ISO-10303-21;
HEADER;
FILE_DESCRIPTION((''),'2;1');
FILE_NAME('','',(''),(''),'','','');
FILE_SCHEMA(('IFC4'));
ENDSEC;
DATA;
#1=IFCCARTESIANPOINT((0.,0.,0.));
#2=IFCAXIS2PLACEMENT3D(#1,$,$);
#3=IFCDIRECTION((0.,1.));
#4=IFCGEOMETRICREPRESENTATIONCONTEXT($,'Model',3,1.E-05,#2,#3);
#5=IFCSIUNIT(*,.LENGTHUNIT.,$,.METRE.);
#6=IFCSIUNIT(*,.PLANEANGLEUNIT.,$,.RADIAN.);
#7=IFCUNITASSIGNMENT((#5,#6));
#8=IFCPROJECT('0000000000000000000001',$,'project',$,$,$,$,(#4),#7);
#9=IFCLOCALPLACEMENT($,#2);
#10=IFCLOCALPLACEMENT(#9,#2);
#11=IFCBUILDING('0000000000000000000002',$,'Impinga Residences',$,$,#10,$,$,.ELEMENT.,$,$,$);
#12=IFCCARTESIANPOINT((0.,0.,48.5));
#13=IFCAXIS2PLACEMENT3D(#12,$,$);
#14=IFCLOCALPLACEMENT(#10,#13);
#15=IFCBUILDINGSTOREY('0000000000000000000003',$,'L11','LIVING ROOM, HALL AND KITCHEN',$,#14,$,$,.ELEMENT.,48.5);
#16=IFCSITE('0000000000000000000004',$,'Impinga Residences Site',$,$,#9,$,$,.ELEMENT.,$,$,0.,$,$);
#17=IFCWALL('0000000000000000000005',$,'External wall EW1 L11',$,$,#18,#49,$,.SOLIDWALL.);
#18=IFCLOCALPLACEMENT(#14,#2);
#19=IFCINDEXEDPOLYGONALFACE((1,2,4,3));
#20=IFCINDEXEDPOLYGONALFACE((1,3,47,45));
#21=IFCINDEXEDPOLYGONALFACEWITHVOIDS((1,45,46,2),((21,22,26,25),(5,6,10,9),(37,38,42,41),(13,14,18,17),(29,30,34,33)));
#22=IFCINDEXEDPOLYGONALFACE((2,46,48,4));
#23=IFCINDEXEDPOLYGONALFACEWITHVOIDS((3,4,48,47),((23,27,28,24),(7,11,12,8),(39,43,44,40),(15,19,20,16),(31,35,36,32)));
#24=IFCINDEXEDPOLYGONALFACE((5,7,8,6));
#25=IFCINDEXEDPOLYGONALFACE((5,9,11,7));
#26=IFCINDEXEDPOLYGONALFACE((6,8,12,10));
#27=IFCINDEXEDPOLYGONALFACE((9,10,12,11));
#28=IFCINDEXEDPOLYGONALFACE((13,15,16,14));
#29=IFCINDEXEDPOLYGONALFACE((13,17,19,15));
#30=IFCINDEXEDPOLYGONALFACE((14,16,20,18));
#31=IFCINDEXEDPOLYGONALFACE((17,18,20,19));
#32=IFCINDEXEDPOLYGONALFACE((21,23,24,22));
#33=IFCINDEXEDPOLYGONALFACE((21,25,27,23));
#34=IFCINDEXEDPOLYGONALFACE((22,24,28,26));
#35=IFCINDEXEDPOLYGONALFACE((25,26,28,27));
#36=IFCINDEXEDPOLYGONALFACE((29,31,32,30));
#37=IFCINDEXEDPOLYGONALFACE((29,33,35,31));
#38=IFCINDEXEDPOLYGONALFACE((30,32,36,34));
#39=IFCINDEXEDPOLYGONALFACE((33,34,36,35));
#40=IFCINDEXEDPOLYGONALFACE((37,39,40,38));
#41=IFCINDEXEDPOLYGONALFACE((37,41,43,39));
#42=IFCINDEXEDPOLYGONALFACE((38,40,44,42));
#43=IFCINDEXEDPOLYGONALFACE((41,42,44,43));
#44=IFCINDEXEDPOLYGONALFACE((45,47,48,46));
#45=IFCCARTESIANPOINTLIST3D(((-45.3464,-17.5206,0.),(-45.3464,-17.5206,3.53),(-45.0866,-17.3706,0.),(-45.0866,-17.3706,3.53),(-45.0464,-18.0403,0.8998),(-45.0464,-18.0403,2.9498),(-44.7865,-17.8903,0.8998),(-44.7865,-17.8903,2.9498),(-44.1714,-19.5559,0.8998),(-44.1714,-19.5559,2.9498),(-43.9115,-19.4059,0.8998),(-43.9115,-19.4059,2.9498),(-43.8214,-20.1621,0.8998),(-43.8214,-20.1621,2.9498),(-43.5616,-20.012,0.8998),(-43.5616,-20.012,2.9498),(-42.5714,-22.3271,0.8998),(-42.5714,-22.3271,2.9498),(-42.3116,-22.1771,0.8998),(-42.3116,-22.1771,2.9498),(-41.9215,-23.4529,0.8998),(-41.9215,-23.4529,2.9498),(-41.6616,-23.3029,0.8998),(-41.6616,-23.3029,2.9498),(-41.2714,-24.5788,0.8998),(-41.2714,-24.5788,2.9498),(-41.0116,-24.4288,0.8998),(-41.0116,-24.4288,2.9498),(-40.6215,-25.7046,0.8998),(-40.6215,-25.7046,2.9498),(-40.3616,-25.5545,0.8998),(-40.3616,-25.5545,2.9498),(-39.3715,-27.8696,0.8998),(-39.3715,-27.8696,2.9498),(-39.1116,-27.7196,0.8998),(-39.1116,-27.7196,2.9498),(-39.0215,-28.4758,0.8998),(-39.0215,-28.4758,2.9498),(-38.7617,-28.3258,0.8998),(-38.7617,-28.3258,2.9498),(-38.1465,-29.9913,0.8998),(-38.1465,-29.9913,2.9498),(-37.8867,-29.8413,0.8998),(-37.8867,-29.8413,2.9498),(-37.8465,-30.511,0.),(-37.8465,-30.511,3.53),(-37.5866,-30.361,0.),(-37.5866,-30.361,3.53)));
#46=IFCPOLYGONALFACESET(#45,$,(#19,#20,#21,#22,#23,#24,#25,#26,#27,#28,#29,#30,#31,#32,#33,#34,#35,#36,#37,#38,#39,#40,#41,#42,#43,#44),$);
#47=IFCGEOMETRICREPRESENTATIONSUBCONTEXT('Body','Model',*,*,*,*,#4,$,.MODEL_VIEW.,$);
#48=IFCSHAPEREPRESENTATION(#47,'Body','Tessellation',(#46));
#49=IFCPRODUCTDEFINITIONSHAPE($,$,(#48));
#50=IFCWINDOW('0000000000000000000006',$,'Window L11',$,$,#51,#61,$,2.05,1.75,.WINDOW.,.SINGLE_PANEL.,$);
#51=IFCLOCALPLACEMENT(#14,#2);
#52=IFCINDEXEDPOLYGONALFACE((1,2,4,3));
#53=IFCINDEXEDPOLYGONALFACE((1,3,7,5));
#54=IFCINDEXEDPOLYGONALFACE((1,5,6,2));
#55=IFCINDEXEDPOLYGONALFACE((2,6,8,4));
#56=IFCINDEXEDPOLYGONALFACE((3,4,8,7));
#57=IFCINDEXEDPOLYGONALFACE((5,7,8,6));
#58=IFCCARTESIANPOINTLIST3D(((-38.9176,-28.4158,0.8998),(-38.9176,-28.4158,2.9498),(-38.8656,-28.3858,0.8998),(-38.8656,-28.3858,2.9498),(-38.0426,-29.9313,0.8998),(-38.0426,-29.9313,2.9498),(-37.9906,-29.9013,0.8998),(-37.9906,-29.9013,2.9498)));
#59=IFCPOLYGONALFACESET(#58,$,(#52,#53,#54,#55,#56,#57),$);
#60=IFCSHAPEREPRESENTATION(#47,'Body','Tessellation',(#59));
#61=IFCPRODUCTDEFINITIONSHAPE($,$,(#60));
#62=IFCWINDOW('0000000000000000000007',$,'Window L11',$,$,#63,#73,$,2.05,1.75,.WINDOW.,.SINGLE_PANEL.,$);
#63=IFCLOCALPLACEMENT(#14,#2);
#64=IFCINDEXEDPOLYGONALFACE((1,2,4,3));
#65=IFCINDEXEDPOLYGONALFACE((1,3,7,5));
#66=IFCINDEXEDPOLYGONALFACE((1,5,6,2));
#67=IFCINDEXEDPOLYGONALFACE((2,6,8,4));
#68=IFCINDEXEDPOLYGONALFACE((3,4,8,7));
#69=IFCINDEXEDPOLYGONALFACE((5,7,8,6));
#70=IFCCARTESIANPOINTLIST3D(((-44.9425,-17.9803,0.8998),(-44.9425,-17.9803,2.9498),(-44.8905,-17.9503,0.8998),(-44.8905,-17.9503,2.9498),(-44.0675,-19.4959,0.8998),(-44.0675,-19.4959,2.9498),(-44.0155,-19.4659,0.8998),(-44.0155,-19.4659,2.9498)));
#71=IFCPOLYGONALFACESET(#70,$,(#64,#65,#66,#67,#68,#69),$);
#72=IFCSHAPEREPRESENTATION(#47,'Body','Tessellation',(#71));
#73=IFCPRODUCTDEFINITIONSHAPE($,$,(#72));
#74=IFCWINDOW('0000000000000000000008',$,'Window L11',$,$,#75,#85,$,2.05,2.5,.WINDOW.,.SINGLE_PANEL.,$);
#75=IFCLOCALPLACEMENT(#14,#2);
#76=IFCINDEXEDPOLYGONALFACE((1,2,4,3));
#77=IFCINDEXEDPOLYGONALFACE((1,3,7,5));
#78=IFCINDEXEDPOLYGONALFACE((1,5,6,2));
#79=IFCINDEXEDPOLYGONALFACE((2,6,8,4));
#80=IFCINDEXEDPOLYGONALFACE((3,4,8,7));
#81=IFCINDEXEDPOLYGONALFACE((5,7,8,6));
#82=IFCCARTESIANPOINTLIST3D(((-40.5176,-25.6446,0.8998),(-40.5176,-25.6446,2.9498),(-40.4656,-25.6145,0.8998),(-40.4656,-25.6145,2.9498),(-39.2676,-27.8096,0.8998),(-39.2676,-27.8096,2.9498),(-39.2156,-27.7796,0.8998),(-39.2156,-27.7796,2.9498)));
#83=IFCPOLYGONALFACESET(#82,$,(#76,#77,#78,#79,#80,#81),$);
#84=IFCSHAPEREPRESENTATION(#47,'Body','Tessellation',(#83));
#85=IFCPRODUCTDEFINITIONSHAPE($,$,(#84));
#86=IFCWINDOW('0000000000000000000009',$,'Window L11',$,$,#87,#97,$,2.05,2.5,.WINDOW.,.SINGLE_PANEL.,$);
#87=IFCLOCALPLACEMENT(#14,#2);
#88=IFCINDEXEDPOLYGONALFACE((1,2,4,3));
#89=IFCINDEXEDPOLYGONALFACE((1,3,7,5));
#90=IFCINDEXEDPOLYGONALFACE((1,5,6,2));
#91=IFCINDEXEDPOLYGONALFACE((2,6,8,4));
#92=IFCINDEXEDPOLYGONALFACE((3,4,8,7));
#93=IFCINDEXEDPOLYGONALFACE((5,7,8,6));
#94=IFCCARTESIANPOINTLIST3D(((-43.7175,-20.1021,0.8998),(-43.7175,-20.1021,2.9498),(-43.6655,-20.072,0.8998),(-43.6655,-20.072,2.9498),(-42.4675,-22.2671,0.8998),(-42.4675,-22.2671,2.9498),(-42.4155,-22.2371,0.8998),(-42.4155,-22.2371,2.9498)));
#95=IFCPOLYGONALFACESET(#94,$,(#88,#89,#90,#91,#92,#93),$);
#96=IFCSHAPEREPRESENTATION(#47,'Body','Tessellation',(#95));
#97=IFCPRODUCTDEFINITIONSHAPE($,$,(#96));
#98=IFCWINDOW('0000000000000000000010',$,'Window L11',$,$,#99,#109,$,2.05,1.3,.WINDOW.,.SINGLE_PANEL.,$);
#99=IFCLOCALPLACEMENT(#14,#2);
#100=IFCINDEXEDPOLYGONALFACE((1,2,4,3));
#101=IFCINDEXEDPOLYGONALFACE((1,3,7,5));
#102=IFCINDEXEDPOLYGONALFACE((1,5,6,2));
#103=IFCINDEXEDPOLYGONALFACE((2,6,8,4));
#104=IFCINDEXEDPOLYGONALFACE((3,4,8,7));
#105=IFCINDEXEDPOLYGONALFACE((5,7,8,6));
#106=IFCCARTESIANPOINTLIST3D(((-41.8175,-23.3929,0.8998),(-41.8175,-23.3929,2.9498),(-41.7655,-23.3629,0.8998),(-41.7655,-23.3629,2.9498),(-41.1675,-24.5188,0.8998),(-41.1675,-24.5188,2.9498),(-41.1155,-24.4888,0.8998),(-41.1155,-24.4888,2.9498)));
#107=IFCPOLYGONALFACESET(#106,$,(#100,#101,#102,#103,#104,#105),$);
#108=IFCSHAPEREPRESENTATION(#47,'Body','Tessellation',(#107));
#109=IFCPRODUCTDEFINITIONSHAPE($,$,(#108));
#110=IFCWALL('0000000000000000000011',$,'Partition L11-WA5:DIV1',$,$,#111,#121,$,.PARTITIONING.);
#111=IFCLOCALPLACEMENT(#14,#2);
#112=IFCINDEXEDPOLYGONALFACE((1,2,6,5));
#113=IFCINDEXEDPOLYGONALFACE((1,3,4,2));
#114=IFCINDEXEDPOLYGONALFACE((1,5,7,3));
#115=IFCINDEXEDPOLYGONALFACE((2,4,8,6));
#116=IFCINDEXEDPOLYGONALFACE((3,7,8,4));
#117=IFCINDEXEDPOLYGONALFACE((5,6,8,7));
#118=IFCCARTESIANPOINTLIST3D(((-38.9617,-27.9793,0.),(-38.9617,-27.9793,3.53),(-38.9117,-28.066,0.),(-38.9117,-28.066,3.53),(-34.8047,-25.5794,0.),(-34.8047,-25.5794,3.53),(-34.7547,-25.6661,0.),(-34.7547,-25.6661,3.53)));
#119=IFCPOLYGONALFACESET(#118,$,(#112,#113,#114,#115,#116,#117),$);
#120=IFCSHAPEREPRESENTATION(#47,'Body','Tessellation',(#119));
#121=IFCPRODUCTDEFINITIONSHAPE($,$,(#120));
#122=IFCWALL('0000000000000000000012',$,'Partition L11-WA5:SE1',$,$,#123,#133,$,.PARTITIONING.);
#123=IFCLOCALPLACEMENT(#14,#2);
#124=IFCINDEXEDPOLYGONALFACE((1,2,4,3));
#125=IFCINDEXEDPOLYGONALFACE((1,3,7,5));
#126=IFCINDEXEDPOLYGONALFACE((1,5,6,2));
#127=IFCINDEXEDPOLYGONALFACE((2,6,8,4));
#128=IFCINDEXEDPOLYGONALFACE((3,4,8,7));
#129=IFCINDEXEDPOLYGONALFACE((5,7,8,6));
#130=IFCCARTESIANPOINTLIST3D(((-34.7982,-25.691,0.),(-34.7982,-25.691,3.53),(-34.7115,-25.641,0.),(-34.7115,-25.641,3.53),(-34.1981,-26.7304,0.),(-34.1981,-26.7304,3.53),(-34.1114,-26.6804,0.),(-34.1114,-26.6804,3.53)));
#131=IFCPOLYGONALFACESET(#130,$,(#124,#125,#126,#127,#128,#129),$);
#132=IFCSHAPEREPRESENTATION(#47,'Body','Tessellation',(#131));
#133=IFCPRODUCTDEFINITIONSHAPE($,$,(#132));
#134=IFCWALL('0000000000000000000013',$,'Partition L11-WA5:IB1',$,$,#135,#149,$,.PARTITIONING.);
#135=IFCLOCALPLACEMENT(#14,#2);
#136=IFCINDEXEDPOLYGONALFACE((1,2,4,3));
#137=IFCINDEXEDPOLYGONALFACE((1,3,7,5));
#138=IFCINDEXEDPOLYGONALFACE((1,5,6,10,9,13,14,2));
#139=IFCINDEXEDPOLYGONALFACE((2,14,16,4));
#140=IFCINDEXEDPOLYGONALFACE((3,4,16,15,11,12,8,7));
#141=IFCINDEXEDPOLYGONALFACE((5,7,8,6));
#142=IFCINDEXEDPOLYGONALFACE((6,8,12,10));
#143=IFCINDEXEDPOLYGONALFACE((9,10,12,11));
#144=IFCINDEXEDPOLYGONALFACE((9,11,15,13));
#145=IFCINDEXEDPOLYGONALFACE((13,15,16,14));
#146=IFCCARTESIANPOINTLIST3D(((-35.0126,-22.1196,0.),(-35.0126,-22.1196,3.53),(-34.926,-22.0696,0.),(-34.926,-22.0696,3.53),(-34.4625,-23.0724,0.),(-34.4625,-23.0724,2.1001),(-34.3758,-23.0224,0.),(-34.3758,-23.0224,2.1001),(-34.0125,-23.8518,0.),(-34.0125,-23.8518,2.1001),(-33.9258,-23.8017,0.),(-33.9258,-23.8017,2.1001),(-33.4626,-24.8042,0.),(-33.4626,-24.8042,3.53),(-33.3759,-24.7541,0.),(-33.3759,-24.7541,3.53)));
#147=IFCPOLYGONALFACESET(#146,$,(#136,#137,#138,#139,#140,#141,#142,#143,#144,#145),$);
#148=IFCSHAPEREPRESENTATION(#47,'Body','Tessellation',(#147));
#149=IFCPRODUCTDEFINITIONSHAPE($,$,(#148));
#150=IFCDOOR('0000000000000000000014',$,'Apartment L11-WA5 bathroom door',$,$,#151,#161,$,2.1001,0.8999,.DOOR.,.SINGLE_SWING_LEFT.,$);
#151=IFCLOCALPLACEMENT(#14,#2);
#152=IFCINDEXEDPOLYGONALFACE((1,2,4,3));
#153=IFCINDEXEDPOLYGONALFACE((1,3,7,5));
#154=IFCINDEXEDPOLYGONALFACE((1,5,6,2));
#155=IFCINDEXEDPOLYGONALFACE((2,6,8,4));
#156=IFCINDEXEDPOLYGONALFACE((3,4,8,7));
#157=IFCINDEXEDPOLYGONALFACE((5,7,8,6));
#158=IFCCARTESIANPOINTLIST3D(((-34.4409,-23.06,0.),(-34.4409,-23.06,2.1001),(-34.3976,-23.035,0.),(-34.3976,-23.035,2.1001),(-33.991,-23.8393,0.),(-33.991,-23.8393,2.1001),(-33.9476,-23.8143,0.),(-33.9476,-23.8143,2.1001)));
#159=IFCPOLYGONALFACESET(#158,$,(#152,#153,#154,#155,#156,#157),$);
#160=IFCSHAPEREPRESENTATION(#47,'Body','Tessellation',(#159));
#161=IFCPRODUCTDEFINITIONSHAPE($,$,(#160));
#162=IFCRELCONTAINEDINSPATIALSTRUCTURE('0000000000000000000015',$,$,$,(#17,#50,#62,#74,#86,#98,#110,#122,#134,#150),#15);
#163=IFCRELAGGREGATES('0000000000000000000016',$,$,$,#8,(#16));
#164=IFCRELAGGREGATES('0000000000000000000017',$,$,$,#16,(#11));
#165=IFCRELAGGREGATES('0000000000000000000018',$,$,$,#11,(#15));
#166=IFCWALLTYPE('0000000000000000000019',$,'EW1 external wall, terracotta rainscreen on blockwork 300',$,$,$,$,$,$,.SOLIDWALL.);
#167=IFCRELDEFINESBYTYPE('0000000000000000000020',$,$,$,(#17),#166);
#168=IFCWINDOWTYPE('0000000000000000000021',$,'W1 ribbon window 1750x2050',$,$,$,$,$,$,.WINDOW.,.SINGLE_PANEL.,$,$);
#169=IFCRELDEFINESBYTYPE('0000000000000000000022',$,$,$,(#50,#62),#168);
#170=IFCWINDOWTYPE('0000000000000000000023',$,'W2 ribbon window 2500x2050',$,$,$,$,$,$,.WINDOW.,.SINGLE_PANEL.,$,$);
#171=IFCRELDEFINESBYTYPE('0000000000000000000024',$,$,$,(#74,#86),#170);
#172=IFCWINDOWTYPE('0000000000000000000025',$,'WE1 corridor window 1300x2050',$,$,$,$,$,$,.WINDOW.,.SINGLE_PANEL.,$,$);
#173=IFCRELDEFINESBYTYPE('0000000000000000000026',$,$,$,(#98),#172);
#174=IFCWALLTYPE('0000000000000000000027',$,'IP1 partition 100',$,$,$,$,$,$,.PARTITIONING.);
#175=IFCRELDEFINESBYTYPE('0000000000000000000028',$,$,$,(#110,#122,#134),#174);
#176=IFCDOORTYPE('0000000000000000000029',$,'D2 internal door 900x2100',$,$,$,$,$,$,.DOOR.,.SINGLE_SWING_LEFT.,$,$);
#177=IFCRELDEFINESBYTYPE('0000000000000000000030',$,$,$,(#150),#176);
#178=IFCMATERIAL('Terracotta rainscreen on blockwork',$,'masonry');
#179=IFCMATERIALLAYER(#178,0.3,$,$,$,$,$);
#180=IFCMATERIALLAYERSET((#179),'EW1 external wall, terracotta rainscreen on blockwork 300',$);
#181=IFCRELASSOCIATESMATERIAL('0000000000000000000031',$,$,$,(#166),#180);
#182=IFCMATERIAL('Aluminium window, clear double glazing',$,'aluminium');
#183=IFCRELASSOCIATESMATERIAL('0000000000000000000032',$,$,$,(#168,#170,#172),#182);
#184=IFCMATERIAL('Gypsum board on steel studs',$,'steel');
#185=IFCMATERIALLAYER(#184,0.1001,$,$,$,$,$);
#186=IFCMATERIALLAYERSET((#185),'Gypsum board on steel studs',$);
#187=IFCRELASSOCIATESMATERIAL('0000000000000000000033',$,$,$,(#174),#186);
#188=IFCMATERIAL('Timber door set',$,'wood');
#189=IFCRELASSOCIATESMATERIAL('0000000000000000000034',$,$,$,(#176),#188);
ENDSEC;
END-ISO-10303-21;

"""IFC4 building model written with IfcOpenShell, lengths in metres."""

from ifc_helpers import new_model, si_unit, direction, frame, frame_2d, origin, place, context, subcontext, project, spatial, rectangle, extrude, material, layer, layer_set, type_object, element, fill, save


model = new_model("IFC4")

# Units and contexts
model_context = context("Model", 3, precision=1e-05, world=origin(), true_north=direction((0.0, 1.0)))
body_context = subcontext(model_context, "Body", "Model", "MODEL_VIEW")
ifc_project = project(units=[si_unit("LENGTHUNIT", "METRE"), si_unit("PLANEANGLEUNIT", "RADIAN")], contexts=[model_context])

# Site, building, storey
site_placement = place(None, origin())
site = spatial("IfcSite", under=ifc_project, at=site_placement, Name="Impinga Residences Site", CompositionType="ELEMENT", RefElevation=0.0)
building_placement = place(site_placement, origin())
building = spatial("IfcBuilding", under=site, at=building_placement, Name="Impinga Residences", CompositionType="ELEMENT")
storey_placement = place(building_placement, frame((0.0, 0.0, 48.5)))
storey = spatial("IfcBuildingStorey", under=building, at=storey_placement, Name="L11", Description="LIVING ROOM, HALL AND KITCHEN", CompositionType="ELEMENT", Elevation=48.5)

# Shared definitions
ifc_material_1 = material(Name="Terracotta rainscreen on blockwork", Category="masonry")
ifc_layer_1 = layer(ifc_material_1, 0.3)
ifc_layer_set_1 = layer_set([ifc_layer_1], Name="EW1 external wall, terracotta rainscreen on blockwork 300")
wall_type_1 = type_object("IfcWallType", Name="EW1 external wall, terracotta rainscreen on blockwork 300", PredefinedType="SOLIDWALL", material=ifc_layer_set_1)

# Wall, openings, windows
wall_1_placement = place(storey_placement, frame((-37.7166, -30.436, 0.0), z_axis=(0.0, 0.0, 1.0), x_axis=(-0.499997, 0.866027, 0.0)))
wall_1 = element("IfcWall", 1, at=wall_1_placement, inside=storey, type_object=wall_type_1, Name="External wall EW1 L11", PredefinedType="SOLIDWALL", context=body_context, shape_type="SweptSolid", body=[
    extrude(rectangle(XDim=15.0, YDim=0.3, at=frame_2d((7.5, 0.0))), origin(), (0.0, 0.0, 1.0), 3.53),
])
opening_1_placement = place(wall_1_placement, frame((0.6001, 0.0, 0.8999)))
opening_1 = element("IfcOpeningElement", 2, at=opening_1_placement, cuts=wall_1, PredefinedType="OPENING", context=body_context, shape_type="SweptSolid", body=[
    extrude(rectangle(XDim=1.75, YDim=2.05, at=frame_2d((0.875, 1.0249))), frame((0.0, 0.1599, 0.0), z_axis=(0.0, -1.0, 0.0), x_axis=(1.0, 0.0, 0.0)), (0.0, 0.0, 1.0), 0.3201),
])
opening_2_placement = place(wall_1_placement, frame((3.05, 0.0, 0.8999)))
opening_2 = element("IfcOpeningElement", 3, at=opening_2_placement, cuts=wall_1, PredefinedType="OPENING", context=body_context, shape_type="SweptSolid", body=[
    extrude(rectangle(XDim=2.5, YDim=2.05, at=frame_2d((1.25, 1.0249))), frame((0.0, 0.1599, 0.0), z_axis=(0.0, -1.0, 0.0), x_axis=(1.0, 0.0, 0.0)), (0.0, 0.0, 1.0), 0.3201),
])
opening_3_placement = place(wall_1_placement, frame((6.8501, 0.0, 0.8999)))
opening_3 = element("IfcOpeningElement", 4, at=opening_3_placement, cuts=wall_1, PredefinedType="OPENING", context=body_context, shape_type="SweptSolid", body=[
    extrude(rectangle(XDim=1.3, YDim=2.05, at=frame_2d((0.6499, 1.0249))), frame((0.0, 0.1599, 0.0), z_axis=(0.0, -1.0, 0.0), x_axis=(1.0, 0.0, 0.0)), (0.0, 0.0, 1.0), 0.3201),
])
opening_4_placement = place(wall_1_placement, frame((9.45, 0.0, 0.8999)))
opening_4 = element("IfcOpeningElement", 5, at=opening_4_placement, cuts=wall_1, PredefinedType="OPENING", context=body_context, shape_type="SweptSolid", body=[
    extrude(rectangle(XDim=2.5, YDim=2.05, at=frame_2d((1.25, 1.0249))), frame((0.0, 0.1599, 0.0), z_axis=(0.0, -1.0, 0.0), x_axis=(1.0, 0.0, 0.0)), (0.0, 0.0, 1.0), 0.3201),
])
opening_5_placement = place(wall_1_placement, frame((12.6499, 0.0, 0.8999)))
opening_5 = element("IfcOpeningElement", 6, at=opening_5_placement, cuts=wall_1, PredefinedType="OPENING", context=body_context, shape_type="SweptSolid", body=[
    extrude(rectangle(XDim=1.75, YDim=2.05, at=frame_2d((0.875, 1.0249))), frame((0.0, 0.1599, 0.0), z_axis=(0.0, -1.0, 0.0), x_axis=(1.0, 0.0, 0.0)), (0.0, 0.0, 1.0), 0.3201),
])
ifc_material_2 = material(Name="Aluminium window, clear double glazing", Category="aluminium")
window_type_1 = type_object("IfcWindowType", Name="W1 ribbon window 1750x2050", PartitioningType="SINGLE_PANEL", PredefinedType="WINDOW", material=ifc_material_2)
window_1_placement = place(opening_1_placement, origin())
window_1 = element("IfcWindow", 7, at=window_1_placement, inside=storey, type_object=window_type_1, Name="Window L11", OverallHeight=2.05, OverallWidth=1.75, PartitioningType="SINGLE_PANEL", PredefinedType="WINDOW", context=body_context, shape_type="SweptSolid", body=[
    extrude(rectangle(XDim=1.75, YDim=2.05, at=frame_2d((0.875, 1.0249))), frame((0.0, 0.03, 0.0), z_axis=(0.0, -1.0, 0.0), x_axis=(1.0, 0.0, 0.0)), (0.0, 0.0, 1.0), 0.0601),
])
fill(opening_1, window_1)
window_2_placement = place(opening_5_placement, origin())
window_2 = element("IfcWindow", 8, at=window_2_placement, inside=storey, type_object=window_type_1, Name="Window L11", OverallHeight=2.05, OverallWidth=1.75, PartitioningType="SINGLE_PANEL", PredefinedType="WINDOW", context=body_context, shape_type="SweptSolid", body=[
    extrude(rectangle(XDim=1.75, YDim=2.05, at=frame_2d((0.875, 1.0249))), frame((0.0, 0.03, 0.0), z_axis=(0.0, -1.0, 0.0), x_axis=(1.0, 0.0, 0.0)), (0.0, 0.0, 1.0), 0.0601),
])
fill(opening_5, window_2)
window_type_2 = type_object("IfcWindowType", Name="W2 ribbon window 2500x2050", PartitioningType="SINGLE_PANEL", PredefinedType="WINDOW", material=ifc_material_2)
window_3_placement = place(opening_2_placement, origin())
window_3 = element("IfcWindow", 9, at=window_3_placement, inside=storey, type_object=window_type_2, Name="Window L11", OverallHeight=2.05, OverallWidth=2.5, PartitioningType="SINGLE_PANEL", PredefinedType="WINDOW", context=body_context, shape_type="SweptSolid", body=[
    extrude(rectangle(XDim=2.5, YDim=2.05, at=frame_2d((1.25, 1.0249))), frame((0.0, 0.03, 0.0), z_axis=(0.0, -1.0, 0.0), x_axis=(1.0, 0.0, 0.0)), (0.0, 0.0, 1.0), 0.0601),
])
fill(opening_2, window_3)
window_4_placement = place(opening_4_placement, origin())
window_4 = element("IfcWindow", 10, at=window_4_placement, inside=storey, type_object=window_type_2, Name="Window L11", OverallHeight=2.05, OverallWidth=2.5, PartitioningType="SINGLE_PANEL", PredefinedType="WINDOW", context=body_context, shape_type="SweptSolid", body=[
    extrude(rectangle(XDim=2.5, YDim=2.05, at=frame_2d((1.25, 1.0249))), frame((0.0, 0.03, 0.0), z_axis=(0.0, -1.0, 0.0), x_axis=(1.0, 0.0, 0.0)), (0.0, 0.0, 1.0), 0.0601),
])
fill(opening_4, window_4)
window_type_3 = type_object("IfcWindowType", Name="WE1 corridor window 1300x2050", PartitioningType="SINGLE_PANEL", PredefinedType="WINDOW", material=ifc_material_2)
window_5_placement = place(opening_3_placement, origin())
window_5 = element("IfcWindow", 11, at=window_5_placement, inside=storey, type_object=window_type_3, Name="Window L11", OverallHeight=2.05, OverallWidth=1.3, PartitioningType="SINGLE_PANEL", PredefinedType="WINDOW", context=body_context, shape_type="SweptSolid", body=[
    extrude(rectangle(XDim=1.3, YDim=2.05, at=frame_2d((0.6499, 1.0249))), frame((0.0, 0.03, 0.0), z_axis=(0.0, -1.0, 0.0), x_axis=(1.0, 0.0, 0.0)), (0.0, 0.0, 1.0), 0.0601),
])
fill(opening_3, window_5)

# Walls
ifc_material_3 = material(Name="Gypsum board on steel studs", Category="steel")
ifc_layer_2 = layer(ifc_material_3, 0.1001)
ifc_layer_set_2 = layer_set([ifc_layer_2], Name="Gypsum board on steel studs")
wall_type_2 = type_object("IfcWallType", Name="IP1 partition 100", PredefinedType="PARTITIONING", material=ifc_layer_set_2)
wall_2_placement = place(storey_placement, frame((-34.7798, -25.6228, 0.0), z_axis=(0.0, 0.0, 1.0), x_axis=(-0.866037, -0.499979, 0.0)))
element("IfcWall", 12, at=wall_2_placement, inside=storey, type_object=wall_type_2, Name="Partition L11-WA5:DIV1", PredefinedType="PARTITIONING", context=body_context, shape_type="SweptSolid", body=[
    extrude(rectangle(XDim=4.8, YDim=0.1001, at=frame_2d((2.3999, 0.0))), origin(), (0.0, 0.0, 1.0), 3.53),
])
wall_3_placement = place(storey_placement, frame((-34.7549, -25.666, 0.0), z_axis=(0.0, 0.0, 1.0), x_axis=(0.500034, -0.866006, 0.0)))
element("IfcWall", 13, at=wall_3_placement, inside=storey, type_object=wall_type_2, Name="Partition L11-WA5:SE1", PredefinedType="PARTITIONING", context=body_context, shape_type="SweptSolid", body=[
    extrude(rectangle(XDim=1.2002, YDim=0.1001, at=frame_2d((0.6001, 0.0))), origin(), (0.0, 0.0, 1.0), 3.53),
])

# Wall, opening, door
wall_4_placement = place(storey_placement, frame((-34.9692, -22.0947, 0.0), z_axis=(0.0, 0.0, 1.0), x_axis=(0.500027, -0.86601, 0.0)))
wall_4 = element("IfcWall", 14, at=wall_4_placement, inside=storey, type_object=wall_type_2, Name="Partition L11-WA5:IB1", PredefinedType="PARTITIONING", context=body_context, shape_type="SweptSolid", body=[
    extrude(rectangle(XDim=3.0999, YDim=0.1001, at=frame_2d((1.5498, 0.0))), origin(), (0.0, 0.0, 1.0), 3.53),
])
opening_6_placement = place(wall_4_placement, frame((1.1001, 0.0, 0.0)))
opening_6 = element("IfcOpeningElement", 15, at=opening_6_placement, cuts=wall_4, PredefinedType="OPENING", context=body_context, shape_type="SweptSolid", body=[
    extrude(rectangle(XDim=0.8999, YDim=2.1001, at=frame_2d((0.45, 1.05))), frame((0.0, 0.0601, 0.0), z_axis=(0.0, -1.0, 0.0), x_axis=(1.0, 0.0, 0.0)), (0.0, 0.0, 1.0), 0.1201),
])
ifc_material_4 = material(Name="Timber door set", Category="wood")
door_type = type_object("IfcDoorType", Name="D2 internal door 900x2100", OperationType="SINGLE_SWING_LEFT", PredefinedType="DOOR", material=ifc_material_4)
door_1_placement = place(opening_6_placement, origin())
door_1 = element("IfcDoor", 16, at=door_1_placement, inside=storey, type_object=door_type, Name="Apartment L11-WA5 bathroom door", OperationType="SINGLE_SWING_LEFT", OverallHeight=2.1001, OverallWidth=0.8999, PredefinedType="DOOR", context=body_context, shape_type="SweptSolid", body=[
    extrude(rectangle(XDim=0.8999, YDim=2.1001, at=frame_2d((0.45, 1.05))), frame((0.0, 0.0249, 0.0), z_axis=(0.0, -1.0, 0.0), x_axis=(1.0, 0.0, 0.0)), (0.0, 0.0, 1.0), 0.05),
])
fill(opening_6, door_1)

save(model, "model.ifc")
